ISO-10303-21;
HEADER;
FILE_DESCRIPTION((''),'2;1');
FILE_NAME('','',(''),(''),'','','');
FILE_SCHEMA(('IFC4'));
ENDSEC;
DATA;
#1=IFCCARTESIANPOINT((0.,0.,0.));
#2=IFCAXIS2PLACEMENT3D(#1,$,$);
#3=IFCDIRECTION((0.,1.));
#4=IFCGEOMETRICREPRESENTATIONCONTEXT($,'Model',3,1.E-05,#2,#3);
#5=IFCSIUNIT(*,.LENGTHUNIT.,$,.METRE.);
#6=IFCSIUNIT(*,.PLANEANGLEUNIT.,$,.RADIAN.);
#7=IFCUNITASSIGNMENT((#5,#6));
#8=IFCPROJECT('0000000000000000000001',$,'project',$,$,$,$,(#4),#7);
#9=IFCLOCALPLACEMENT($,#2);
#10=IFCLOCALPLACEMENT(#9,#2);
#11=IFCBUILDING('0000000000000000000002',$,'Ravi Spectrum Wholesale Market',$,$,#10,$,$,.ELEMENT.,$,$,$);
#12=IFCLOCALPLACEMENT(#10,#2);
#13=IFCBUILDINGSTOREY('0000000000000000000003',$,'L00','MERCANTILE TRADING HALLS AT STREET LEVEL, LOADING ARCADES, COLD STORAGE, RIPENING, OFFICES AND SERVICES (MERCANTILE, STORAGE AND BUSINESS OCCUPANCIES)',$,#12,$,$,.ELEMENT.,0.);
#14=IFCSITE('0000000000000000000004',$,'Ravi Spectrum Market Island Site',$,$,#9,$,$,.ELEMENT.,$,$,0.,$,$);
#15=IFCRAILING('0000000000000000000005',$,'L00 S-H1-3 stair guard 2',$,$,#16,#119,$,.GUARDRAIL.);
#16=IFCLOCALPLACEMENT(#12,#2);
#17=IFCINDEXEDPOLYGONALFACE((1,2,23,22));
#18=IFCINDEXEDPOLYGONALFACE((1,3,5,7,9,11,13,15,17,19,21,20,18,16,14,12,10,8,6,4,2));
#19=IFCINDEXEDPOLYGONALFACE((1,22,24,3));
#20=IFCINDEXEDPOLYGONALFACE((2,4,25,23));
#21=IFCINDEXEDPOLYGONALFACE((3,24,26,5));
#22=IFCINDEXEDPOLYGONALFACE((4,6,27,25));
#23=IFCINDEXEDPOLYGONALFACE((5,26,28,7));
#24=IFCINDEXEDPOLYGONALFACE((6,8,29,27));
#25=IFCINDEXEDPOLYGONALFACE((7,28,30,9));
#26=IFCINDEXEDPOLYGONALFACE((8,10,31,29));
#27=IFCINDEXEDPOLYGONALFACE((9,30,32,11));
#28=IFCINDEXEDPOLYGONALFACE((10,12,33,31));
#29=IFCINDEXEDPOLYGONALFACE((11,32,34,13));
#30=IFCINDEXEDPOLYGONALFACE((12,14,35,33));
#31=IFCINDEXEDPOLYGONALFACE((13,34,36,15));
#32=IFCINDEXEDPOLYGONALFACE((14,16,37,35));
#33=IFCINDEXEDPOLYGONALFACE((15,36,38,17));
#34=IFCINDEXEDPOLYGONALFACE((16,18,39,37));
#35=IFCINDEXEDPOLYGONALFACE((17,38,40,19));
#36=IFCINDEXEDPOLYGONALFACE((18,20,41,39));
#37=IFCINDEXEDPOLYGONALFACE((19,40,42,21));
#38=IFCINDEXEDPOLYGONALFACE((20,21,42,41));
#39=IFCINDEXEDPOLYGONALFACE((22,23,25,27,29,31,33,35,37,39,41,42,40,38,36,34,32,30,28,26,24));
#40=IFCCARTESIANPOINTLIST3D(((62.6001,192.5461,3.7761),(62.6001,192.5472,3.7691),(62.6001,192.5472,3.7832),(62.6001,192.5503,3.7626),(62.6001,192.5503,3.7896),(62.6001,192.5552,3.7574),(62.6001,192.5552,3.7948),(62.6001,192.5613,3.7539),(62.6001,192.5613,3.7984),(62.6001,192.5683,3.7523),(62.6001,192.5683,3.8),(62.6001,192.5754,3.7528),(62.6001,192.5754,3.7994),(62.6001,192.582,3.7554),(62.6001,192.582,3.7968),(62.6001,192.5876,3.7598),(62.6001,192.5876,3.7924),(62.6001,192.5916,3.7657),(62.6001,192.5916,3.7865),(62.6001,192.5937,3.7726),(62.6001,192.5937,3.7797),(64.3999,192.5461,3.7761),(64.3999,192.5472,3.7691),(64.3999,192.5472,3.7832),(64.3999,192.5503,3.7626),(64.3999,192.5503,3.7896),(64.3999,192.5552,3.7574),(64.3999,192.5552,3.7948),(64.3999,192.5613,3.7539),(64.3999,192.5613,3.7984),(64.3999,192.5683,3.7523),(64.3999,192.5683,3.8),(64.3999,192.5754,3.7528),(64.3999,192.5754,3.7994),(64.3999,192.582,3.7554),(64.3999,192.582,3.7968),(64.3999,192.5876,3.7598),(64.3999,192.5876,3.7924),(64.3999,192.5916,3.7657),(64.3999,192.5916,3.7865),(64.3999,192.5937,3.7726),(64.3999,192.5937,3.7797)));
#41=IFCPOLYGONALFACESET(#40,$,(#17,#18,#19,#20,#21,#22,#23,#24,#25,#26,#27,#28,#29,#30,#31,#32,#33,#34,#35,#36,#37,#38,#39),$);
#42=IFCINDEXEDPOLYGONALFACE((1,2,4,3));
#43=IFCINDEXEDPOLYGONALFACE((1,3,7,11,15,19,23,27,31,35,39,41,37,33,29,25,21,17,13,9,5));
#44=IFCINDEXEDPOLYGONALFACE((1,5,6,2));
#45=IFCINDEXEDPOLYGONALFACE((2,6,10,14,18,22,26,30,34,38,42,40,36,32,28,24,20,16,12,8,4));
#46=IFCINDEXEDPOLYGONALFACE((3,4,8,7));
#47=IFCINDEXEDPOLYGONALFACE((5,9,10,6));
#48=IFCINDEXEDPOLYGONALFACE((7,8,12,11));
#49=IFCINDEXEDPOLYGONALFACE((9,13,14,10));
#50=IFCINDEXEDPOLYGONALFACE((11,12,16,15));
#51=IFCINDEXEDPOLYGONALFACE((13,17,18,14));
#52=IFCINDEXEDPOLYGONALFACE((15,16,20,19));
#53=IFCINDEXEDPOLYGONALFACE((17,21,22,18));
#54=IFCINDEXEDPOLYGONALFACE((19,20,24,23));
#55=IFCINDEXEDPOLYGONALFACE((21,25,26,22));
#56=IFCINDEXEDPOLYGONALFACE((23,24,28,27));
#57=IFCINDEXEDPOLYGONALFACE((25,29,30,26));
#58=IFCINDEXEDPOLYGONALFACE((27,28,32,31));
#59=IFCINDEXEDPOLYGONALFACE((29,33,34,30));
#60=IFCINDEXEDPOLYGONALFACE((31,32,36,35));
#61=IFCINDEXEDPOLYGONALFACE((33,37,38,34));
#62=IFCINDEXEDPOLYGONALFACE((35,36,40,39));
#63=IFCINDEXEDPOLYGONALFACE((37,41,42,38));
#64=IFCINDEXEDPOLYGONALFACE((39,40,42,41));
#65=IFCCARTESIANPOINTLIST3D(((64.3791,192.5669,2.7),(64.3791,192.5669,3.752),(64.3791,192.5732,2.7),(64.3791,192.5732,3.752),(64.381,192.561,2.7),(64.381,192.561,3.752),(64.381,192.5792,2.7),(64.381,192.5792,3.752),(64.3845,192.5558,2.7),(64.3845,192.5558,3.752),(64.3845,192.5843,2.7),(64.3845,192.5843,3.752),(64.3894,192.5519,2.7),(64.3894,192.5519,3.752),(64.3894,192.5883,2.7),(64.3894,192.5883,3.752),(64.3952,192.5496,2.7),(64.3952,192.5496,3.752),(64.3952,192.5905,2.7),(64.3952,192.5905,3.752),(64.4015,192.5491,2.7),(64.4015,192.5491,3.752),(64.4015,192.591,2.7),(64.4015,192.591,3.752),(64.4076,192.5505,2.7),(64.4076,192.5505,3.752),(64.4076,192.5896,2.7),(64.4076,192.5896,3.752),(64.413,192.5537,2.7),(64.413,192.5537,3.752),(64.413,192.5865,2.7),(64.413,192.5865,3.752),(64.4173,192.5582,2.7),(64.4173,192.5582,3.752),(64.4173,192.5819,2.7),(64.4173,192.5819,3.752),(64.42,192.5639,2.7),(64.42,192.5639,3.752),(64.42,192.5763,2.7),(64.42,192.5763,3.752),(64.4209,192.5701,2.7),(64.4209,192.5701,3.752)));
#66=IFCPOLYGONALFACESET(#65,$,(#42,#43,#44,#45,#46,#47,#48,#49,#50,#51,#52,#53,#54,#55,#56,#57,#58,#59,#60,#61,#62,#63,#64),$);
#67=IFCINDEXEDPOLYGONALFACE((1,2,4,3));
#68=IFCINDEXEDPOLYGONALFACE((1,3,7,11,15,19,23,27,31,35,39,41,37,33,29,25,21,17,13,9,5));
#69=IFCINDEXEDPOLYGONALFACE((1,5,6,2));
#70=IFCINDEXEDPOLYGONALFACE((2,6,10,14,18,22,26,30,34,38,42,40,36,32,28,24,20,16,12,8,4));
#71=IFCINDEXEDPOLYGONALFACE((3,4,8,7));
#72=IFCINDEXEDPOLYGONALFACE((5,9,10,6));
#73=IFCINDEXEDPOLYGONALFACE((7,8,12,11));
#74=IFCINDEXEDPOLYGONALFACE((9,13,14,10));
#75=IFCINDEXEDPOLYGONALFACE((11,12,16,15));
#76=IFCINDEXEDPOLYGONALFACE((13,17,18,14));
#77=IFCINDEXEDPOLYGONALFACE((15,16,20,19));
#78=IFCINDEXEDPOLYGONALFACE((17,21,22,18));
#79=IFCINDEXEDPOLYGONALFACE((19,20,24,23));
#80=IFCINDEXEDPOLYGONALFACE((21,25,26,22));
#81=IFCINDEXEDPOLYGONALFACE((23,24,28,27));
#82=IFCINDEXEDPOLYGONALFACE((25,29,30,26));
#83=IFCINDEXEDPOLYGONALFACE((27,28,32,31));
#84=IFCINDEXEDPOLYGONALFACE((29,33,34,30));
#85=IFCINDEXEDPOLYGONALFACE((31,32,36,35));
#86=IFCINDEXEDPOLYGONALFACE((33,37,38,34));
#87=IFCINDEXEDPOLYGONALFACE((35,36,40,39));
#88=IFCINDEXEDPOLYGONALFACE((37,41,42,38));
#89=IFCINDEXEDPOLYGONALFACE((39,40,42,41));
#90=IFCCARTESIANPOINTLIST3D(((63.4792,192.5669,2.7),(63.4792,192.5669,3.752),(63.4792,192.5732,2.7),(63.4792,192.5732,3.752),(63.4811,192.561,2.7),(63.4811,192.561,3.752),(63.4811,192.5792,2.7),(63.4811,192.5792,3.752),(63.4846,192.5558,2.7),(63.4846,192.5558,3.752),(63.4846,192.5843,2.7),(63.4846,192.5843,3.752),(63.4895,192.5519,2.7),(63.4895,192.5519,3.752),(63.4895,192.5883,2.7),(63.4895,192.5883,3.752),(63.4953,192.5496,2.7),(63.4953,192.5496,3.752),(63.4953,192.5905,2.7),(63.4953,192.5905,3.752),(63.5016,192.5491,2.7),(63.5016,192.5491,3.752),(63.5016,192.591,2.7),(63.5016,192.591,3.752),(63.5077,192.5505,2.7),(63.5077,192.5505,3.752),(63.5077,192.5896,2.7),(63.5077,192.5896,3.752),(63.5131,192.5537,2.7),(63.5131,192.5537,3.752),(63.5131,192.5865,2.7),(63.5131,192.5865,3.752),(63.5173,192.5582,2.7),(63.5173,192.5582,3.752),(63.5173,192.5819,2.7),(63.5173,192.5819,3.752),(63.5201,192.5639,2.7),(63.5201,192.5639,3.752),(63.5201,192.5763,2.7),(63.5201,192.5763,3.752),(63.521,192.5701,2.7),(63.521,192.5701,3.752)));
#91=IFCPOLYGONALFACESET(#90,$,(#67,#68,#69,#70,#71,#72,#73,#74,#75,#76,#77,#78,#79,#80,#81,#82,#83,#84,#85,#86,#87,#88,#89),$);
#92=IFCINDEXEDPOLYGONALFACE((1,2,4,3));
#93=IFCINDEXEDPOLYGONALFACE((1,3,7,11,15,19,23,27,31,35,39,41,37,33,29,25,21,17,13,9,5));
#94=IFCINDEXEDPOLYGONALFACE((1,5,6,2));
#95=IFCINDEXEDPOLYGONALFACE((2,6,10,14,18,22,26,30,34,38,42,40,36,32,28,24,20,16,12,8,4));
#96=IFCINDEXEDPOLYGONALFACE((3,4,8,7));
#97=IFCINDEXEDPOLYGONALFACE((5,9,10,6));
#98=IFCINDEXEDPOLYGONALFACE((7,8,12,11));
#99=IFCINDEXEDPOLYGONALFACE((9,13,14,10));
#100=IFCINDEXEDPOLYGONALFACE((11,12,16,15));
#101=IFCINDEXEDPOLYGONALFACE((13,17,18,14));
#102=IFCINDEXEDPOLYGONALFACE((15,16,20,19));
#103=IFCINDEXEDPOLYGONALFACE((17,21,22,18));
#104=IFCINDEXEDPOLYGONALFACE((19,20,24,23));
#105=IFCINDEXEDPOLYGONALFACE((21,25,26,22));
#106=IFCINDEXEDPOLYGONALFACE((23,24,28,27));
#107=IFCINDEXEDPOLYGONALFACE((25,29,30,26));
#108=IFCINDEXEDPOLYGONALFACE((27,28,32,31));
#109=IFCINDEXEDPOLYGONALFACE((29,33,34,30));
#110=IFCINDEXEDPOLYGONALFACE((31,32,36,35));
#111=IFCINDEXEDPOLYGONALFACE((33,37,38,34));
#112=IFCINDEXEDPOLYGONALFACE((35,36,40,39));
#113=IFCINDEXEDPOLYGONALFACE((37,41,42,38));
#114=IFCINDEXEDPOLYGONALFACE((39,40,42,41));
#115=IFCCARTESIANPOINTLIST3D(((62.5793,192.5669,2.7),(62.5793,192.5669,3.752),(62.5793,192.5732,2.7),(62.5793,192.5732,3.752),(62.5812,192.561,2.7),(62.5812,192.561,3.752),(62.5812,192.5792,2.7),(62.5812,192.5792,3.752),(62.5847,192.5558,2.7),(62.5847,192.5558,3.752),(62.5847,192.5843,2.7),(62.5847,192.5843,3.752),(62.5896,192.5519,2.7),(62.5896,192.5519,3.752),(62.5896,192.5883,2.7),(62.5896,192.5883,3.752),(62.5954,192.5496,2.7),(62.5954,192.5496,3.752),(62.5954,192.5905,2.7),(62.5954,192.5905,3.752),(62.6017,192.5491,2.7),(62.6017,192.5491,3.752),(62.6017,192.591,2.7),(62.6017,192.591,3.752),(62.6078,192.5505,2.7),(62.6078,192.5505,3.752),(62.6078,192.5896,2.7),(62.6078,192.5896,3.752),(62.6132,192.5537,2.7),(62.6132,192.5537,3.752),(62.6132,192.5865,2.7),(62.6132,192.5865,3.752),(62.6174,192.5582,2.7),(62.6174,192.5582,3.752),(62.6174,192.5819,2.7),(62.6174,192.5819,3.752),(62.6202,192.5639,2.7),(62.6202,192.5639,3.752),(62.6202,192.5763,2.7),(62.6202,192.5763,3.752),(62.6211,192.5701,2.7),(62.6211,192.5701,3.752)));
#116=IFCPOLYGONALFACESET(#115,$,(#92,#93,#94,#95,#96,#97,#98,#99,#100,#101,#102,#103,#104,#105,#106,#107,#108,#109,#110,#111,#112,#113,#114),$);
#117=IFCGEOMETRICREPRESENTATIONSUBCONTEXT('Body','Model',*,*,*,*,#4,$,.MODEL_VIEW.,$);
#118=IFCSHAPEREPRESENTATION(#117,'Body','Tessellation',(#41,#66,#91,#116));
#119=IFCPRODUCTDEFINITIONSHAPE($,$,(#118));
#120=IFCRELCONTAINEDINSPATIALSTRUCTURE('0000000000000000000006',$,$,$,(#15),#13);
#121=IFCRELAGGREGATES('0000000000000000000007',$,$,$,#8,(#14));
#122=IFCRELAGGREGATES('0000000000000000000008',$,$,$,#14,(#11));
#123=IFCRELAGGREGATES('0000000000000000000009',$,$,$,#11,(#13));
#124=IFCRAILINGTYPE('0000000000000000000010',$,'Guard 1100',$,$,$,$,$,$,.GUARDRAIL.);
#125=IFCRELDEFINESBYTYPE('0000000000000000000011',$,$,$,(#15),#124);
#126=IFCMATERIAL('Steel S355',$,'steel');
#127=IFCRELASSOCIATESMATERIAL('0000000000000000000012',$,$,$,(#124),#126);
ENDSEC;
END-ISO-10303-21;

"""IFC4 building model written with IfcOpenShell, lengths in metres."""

from ifc_helpers import new_model, si_unit, direction, frame, origin, origin_2d, place, context, subcontext, project, spatial, circle, extrude, material, type_object, element, save


model = new_model("IFC4")

# Units and contexts
model_context = context("Model", 3, precision=1e-05, world=origin(), true_north=direction((0.0, 1.0)))
body_context = subcontext(model_context, "Body", "Model", "MODEL_VIEW")
ifc_project = project(units=[si_unit("LENGTHUNIT", "METRE"), si_unit("PLANEANGLEUNIT", "RADIAN")], contexts=[model_context])

# Site, building, storey
site_placement = place(None, origin())
site = spatial("IfcSite", under=ifc_project, at=site_placement, Name="Ravi Spectrum Market Island Site", CompositionType="ELEMENT", RefElevation=0.0)
building_placement = place(site_placement, origin())
building = spatial("IfcBuilding", under=site, at=building_placement, Name="Ravi Spectrum Wholesale Market", CompositionType="ELEMENT")
storey_placement = place(building_placement, origin())
storey = spatial("IfcBuildingStorey", under=building, at=storey_placement, Name="L00", Description="MERCANTILE TRADING HALLS AT STREET LEVEL, LOADING ARCADES, COLD STORAGE, RIPENING, OFFICES AND SERVICES (MERCANTILE, STORAGE AND BUSINESS OCCUPANCIES)", CompositionType="ELEMENT", Elevation=0.0)

# Railing
ifc_material_1 = material(Name="Steel S355", Category="steel")
railing_type_1 = type_object("IfcRailingType", Name="Guard 1100", PredefinedType="GUARDRAIL", material=ifc_material_1)
railing_1_placement = place(storey_placement, frame((64.3999, 192.5701, 2.7)))
element("IfcRailing", 1, at=railing_1_placement, inside=storey, type_object=railing_type_1, Name="L00 S-H1-3 stair guard 2", PredefinedType="GUARDRAIL", context=body_context, shape_type="SweptSolid", body=[
    extrude(circle(Radius=0.0239, at=origin_2d()), frame((0.0, 0.0, 1.0762), z_axis=(-1.0, 0.0, 0.0), x_axis=(0.0, -1.0, 0.0)), (0.0, 0.0, 1.0), 1.7998),
    extrude(circle(Radius=0.021, at=origin_2d()), origin(), (0.0, 0.0, 1.0), 1.052),
    extrude(circle(Radius=0.021, at=origin_2d()), frame((-0.8999, 0.0, 0.0)), (0.0, 0.0, 1.0), 1.052),
    extrude(circle(Radius=0.021, at=origin_2d()), frame((-1.7998, 0.0, 0.0)), (0.0, 0.0, 1.0), 1.052),
])

save(model, "model.ifc")
